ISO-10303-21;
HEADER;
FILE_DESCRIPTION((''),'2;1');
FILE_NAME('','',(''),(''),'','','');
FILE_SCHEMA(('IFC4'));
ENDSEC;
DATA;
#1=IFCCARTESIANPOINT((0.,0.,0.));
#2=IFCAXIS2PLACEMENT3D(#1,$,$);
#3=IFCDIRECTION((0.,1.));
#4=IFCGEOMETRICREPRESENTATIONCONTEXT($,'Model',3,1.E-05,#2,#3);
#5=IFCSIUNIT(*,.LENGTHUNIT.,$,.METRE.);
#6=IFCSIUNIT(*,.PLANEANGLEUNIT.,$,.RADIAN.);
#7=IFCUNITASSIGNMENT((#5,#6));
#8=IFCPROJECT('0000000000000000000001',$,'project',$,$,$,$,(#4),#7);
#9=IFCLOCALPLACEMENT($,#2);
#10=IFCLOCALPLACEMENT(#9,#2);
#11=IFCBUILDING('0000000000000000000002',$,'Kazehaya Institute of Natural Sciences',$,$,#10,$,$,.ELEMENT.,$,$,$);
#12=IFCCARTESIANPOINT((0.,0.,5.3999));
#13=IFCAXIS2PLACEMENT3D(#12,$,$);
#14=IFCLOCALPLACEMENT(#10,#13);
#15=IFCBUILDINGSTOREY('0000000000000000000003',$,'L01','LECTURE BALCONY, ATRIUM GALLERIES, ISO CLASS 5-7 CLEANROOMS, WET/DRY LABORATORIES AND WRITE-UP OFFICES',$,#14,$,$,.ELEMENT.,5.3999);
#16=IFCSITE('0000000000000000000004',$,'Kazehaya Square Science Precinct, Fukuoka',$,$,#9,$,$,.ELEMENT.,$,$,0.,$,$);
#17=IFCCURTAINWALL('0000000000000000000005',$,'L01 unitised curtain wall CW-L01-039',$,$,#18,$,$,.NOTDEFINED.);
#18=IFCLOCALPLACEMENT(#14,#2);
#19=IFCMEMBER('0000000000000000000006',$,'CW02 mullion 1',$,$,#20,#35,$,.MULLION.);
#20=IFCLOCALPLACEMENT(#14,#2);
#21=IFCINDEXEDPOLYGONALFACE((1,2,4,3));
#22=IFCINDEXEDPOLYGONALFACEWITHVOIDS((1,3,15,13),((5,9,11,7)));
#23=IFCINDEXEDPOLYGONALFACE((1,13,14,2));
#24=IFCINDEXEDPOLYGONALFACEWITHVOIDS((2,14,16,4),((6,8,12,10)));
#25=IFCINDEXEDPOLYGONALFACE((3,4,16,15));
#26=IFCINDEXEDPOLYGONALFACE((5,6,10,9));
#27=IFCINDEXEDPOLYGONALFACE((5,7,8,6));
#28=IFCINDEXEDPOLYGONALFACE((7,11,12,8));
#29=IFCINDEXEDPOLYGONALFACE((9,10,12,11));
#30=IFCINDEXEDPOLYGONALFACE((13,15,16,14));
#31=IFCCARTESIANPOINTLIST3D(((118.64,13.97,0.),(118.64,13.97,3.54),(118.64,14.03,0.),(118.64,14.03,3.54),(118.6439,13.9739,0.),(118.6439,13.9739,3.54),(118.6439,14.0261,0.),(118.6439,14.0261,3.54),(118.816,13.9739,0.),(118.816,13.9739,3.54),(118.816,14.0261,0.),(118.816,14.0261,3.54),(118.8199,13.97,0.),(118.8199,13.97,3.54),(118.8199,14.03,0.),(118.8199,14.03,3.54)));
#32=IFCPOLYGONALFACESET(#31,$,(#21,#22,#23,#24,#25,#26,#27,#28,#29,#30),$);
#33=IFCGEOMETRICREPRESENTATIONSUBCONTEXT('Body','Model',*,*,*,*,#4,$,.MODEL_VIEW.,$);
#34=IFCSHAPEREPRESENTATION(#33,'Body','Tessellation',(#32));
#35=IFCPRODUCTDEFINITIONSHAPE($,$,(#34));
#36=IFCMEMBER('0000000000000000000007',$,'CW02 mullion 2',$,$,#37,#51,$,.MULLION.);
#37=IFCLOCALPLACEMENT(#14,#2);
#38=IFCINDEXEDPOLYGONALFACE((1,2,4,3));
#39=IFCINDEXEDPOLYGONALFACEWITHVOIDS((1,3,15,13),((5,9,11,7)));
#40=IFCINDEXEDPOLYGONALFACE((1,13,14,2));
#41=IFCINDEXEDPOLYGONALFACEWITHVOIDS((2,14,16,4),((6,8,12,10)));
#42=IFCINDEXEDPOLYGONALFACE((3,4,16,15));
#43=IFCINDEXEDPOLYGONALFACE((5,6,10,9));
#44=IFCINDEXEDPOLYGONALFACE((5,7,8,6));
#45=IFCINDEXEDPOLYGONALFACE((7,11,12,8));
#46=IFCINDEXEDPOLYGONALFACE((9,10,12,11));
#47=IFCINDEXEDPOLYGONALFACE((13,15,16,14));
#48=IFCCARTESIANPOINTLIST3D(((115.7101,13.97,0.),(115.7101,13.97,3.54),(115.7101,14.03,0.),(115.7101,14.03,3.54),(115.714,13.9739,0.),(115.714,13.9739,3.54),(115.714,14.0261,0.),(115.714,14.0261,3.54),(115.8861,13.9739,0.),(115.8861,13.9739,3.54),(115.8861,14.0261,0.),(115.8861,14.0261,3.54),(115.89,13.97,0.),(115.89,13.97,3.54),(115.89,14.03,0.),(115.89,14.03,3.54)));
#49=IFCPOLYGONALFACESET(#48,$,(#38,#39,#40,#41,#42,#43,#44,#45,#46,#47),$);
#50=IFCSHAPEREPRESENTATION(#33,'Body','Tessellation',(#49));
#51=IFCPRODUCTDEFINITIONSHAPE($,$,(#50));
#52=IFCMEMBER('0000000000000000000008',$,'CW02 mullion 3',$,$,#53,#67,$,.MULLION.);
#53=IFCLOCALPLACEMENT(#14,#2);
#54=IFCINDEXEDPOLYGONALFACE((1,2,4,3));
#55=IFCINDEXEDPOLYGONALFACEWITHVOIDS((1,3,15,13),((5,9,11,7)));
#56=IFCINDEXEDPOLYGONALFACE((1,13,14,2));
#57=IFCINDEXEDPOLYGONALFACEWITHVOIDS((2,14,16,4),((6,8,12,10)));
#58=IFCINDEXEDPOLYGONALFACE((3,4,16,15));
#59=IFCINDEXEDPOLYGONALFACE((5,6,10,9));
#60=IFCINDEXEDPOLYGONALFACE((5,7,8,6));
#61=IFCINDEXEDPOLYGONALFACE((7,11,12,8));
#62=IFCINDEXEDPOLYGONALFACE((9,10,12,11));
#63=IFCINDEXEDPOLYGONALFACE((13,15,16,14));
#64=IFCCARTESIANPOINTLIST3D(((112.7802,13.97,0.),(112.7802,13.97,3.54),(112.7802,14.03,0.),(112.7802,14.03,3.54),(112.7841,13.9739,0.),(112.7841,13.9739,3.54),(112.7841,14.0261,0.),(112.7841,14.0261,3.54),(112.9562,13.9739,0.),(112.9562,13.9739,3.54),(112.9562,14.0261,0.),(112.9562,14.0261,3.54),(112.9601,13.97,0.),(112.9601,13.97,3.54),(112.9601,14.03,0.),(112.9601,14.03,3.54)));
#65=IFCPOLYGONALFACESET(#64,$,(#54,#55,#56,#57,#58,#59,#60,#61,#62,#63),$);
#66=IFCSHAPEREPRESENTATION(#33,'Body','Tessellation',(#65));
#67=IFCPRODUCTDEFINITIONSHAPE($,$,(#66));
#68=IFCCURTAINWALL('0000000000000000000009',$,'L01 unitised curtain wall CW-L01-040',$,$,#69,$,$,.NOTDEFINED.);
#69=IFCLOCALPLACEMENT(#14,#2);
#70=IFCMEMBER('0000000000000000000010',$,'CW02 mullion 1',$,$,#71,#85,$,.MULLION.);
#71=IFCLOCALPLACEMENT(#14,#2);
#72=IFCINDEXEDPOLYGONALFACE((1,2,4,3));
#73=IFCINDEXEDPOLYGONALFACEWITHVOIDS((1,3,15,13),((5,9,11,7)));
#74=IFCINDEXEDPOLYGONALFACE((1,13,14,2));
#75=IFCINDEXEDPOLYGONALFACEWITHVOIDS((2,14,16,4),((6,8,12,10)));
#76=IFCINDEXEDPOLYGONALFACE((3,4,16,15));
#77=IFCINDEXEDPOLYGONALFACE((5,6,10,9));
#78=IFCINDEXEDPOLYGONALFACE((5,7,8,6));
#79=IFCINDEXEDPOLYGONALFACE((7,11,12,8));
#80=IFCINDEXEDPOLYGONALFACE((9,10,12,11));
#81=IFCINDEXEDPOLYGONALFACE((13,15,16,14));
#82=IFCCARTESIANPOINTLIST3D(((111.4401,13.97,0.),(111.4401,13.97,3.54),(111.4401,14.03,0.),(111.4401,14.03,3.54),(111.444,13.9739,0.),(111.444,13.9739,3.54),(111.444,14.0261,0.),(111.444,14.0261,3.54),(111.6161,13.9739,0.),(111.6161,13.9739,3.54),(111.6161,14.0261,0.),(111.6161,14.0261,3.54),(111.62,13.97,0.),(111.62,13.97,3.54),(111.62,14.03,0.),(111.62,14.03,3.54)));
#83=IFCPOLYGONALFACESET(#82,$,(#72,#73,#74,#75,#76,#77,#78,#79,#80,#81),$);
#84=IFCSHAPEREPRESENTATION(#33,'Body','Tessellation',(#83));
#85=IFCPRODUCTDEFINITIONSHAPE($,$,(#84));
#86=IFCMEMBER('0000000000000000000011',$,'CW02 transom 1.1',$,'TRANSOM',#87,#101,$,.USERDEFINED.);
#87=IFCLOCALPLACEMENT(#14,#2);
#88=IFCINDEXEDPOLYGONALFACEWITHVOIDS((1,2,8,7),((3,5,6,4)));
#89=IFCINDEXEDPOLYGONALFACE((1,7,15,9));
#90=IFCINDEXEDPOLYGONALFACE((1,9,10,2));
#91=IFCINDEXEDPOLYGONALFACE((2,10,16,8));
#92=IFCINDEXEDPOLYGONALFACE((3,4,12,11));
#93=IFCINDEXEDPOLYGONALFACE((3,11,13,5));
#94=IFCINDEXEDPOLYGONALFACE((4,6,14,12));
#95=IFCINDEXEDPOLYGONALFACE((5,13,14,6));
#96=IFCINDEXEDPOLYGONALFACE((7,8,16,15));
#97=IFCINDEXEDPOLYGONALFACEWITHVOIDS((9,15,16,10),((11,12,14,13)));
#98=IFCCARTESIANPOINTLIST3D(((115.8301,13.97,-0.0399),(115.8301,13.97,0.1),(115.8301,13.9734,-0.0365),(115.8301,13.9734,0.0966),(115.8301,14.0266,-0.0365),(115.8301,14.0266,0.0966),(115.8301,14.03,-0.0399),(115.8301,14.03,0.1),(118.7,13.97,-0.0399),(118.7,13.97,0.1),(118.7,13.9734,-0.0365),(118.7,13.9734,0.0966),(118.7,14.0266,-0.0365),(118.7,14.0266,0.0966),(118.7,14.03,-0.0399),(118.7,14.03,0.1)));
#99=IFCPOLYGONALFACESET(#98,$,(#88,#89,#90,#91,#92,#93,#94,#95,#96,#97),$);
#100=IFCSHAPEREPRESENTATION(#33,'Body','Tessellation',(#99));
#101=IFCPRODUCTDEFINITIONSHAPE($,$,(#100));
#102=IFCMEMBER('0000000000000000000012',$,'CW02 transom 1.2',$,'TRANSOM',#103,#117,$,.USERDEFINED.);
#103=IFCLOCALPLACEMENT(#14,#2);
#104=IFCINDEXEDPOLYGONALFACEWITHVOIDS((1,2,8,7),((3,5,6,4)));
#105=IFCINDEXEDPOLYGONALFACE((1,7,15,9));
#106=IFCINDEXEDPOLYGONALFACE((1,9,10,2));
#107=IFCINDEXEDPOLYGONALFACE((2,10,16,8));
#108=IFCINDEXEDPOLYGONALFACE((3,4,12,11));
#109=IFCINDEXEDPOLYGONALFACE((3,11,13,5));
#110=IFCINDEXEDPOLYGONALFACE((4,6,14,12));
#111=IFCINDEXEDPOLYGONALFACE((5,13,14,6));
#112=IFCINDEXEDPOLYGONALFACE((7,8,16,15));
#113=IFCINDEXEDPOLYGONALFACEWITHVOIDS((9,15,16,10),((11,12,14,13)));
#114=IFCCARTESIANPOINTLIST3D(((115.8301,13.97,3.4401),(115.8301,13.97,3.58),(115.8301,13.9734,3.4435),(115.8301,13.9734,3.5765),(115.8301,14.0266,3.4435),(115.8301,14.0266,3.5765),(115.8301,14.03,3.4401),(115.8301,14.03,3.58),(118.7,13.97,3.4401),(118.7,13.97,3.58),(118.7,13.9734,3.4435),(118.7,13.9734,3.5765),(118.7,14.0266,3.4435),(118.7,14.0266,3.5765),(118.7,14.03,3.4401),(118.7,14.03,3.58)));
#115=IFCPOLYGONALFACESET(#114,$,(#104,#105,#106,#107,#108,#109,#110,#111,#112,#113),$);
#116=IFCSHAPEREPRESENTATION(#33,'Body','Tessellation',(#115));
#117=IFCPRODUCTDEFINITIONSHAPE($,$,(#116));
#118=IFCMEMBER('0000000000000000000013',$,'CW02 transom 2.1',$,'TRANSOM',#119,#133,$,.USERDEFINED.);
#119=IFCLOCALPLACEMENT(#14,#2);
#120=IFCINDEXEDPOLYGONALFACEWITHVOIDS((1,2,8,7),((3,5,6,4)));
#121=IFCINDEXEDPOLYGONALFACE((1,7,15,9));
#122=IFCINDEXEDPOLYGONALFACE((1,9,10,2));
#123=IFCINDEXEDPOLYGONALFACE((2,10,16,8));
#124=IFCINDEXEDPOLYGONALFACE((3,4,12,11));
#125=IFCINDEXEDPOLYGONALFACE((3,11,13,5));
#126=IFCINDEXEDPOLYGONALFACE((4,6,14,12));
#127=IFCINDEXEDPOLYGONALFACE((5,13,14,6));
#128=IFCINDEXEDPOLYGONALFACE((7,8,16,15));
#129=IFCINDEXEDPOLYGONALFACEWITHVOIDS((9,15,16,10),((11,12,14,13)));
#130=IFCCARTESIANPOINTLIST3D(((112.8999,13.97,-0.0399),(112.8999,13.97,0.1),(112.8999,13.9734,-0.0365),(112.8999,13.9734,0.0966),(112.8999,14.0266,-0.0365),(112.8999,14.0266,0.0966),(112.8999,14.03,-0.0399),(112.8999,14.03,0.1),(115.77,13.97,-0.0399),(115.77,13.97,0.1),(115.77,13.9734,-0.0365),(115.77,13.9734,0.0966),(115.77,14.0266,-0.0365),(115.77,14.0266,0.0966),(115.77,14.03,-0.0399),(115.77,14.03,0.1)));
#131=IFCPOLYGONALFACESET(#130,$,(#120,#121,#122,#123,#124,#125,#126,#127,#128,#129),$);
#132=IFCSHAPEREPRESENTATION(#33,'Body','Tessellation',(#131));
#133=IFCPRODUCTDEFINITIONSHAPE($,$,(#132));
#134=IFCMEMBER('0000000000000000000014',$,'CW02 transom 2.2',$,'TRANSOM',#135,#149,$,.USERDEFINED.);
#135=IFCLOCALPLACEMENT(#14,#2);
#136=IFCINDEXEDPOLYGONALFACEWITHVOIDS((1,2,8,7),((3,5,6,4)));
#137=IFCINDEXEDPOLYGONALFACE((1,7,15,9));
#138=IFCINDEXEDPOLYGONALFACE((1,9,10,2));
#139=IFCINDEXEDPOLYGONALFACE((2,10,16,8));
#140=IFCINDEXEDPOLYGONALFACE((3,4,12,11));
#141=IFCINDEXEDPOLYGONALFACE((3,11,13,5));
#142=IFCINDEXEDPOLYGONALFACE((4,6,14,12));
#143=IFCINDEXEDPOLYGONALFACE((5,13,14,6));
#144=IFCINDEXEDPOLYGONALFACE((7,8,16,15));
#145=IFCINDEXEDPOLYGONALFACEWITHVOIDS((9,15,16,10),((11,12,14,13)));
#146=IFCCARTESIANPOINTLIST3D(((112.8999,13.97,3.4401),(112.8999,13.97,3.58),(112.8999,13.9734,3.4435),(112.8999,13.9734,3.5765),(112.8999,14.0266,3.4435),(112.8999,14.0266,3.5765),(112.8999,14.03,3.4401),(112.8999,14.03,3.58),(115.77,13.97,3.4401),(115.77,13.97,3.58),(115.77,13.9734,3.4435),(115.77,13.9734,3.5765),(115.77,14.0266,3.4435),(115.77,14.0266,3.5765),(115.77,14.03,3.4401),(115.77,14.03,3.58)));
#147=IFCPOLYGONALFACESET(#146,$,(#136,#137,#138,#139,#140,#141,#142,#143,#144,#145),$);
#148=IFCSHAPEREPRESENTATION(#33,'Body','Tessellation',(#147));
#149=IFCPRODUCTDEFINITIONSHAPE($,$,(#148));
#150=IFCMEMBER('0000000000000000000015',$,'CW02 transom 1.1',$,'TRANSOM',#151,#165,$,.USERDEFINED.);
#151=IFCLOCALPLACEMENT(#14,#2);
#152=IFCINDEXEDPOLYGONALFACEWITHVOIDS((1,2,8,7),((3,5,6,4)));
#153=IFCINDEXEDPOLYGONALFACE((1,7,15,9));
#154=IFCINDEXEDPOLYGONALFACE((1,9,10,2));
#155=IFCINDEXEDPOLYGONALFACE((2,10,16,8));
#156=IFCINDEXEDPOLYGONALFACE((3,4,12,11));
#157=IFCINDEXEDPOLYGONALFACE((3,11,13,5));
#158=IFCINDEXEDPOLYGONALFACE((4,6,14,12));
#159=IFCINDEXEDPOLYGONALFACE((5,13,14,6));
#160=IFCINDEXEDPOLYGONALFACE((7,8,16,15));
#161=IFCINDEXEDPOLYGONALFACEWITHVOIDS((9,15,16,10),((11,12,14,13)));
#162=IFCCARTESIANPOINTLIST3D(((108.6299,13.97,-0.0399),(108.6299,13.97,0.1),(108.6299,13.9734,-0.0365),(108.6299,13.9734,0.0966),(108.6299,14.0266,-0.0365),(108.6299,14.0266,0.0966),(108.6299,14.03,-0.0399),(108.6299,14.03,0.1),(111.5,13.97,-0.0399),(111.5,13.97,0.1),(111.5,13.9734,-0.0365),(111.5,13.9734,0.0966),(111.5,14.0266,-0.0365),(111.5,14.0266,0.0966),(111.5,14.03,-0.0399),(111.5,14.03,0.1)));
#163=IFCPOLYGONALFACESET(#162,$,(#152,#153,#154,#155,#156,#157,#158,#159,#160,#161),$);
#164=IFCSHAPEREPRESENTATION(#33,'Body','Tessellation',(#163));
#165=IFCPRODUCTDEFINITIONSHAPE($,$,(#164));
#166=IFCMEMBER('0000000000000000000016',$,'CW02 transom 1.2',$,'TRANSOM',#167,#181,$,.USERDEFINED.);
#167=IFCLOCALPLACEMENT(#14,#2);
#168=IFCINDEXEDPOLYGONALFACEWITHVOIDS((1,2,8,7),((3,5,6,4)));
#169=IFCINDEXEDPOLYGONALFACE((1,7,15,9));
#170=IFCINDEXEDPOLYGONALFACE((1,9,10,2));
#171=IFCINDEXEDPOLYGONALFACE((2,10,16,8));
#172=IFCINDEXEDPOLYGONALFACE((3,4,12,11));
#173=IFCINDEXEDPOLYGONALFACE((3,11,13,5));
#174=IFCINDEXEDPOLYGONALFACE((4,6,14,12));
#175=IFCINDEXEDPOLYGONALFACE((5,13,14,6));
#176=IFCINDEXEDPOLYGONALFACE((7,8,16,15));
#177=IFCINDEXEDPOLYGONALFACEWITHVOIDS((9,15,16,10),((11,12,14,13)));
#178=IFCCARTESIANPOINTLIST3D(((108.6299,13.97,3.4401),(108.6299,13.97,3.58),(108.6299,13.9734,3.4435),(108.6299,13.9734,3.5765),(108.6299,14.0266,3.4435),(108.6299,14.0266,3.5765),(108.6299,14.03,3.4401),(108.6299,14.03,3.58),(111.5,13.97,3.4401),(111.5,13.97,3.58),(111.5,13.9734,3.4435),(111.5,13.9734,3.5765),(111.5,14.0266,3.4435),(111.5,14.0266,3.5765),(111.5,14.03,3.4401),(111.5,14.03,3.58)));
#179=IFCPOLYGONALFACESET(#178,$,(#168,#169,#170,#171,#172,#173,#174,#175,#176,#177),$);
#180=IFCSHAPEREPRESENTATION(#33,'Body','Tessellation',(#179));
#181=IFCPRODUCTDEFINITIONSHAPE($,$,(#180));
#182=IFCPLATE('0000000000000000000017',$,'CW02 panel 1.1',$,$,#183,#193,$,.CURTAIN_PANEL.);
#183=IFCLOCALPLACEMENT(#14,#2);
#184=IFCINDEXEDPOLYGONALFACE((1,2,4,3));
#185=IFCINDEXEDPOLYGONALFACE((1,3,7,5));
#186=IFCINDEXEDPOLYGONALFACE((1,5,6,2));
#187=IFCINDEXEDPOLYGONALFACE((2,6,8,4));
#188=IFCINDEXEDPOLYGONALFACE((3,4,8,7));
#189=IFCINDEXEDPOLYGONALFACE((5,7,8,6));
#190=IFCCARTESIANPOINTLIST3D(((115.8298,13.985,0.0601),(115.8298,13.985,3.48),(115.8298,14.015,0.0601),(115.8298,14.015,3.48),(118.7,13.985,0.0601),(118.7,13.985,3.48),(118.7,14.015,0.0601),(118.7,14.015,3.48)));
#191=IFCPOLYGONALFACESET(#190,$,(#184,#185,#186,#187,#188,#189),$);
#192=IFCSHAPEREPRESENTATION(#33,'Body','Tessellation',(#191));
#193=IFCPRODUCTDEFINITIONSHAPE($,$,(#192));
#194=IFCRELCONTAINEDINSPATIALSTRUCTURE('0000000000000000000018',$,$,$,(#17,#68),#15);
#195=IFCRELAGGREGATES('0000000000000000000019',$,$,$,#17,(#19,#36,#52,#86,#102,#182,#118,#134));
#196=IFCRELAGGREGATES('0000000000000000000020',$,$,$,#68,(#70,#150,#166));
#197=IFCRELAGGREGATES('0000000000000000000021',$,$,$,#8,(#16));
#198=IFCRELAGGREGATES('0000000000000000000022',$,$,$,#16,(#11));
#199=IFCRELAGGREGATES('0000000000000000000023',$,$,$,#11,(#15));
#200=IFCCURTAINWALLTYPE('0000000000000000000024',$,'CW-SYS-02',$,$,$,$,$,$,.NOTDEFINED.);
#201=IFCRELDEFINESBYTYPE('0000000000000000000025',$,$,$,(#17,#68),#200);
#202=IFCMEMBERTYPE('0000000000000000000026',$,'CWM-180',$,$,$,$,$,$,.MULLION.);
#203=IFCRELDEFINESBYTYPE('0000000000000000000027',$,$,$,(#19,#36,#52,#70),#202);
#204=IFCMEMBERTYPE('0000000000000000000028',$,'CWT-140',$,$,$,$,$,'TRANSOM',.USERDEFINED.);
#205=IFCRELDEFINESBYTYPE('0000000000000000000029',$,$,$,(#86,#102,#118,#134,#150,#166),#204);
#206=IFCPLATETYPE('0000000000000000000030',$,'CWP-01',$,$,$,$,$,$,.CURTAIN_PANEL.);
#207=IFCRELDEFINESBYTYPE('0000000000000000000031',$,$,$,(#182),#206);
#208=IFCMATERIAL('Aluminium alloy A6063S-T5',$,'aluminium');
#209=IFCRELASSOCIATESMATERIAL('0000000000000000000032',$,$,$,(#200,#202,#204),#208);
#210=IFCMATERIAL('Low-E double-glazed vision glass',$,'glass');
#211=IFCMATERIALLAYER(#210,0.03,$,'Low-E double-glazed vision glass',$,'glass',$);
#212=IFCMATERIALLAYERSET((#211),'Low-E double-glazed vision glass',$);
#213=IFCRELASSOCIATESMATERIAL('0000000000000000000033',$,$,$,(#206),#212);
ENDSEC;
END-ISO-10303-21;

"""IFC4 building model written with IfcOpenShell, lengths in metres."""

from ifc_helpers import new_model, si_unit, direction, frame, origin, origin_2d, place, context, subcontext, project, spatial, rectangle, hollow_rectangle, extrude, material, layer, layer_set, material_profile, profile_set, type_object, element, aggregate, save


model = new_model("IFC4")

# Units and contexts
model_context = context("Model", 3, precision=1e-05, world=origin(), true_north=direction((0.0, 1.0)))
body_context = subcontext(model_context, "Body", "Model", "MODEL_VIEW")
ifc_project = project(units=[si_unit("LENGTHUNIT", "METRE"), si_unit("PLANEANGLEUNIT", "RADIAN")], contexts=[model_context])

# Site, building, storey
site_placement = place(None, origin())
site = spatial("IfcSite", under=ifc_project, at=site_placement, Name="Kazehaya Square Science Precinct, Fukuoka", CompositionType="ELEMENT", RefElevation=0.0)
building_placement = place(site_placement, origin())
building = spatial("IfcBuilding", under=site, at=building_placement, Name="Kazehaya Institute of Natural Sciences", CompositionType="ELEMENT")
storey_placement = place(building_placement, frame((0.0, 0.0, 5.3999)))
storey = spatial("IfcBuildingStorey", under=building, at=storey_placement, Name="L01", Description="LECTURE BALCONY, ATRIUM GALLERIES, ISO CLASS 5-7 CLEANROOMS, WET/DRY LABORATORIES AND WRITE-UP OFFICES", CompositionType="ELEMENT", Elevation=5.3999)

# Curtain wall, members
ifc_material_1 = material(Name="Aluminium alloy A6063S-T5", Category="aluminium")
curtain_wall_type = type_object("IfcCurtainWallType", Name="CW-SYS-02", PredefinedType="NOTDEFINED", material=ifc_material_1)
curtain_wall_1_placement = place(storey_placement, origin())
curtain_wall_1 = element("IfcCurtainWall", 1, at=curtain_wall_1_placement, inside=storey, type_object=curtain_wall_type, Name="L01 unitised curtain wall CW-L01-039", PredefinedType="NOTDEFINED")
ifc_material_profile_1 = material_profile(ifc_material_1, hollow_rectangle(XDim=0.0601, YDim=0.1799, WallThickness=0.0039, at=origin_2d()), Name="ALU-60x180x4")
ifc_profile_set_1 = profile_set([ifc_material_profile_1], Name="Aluminium alloy A6063S-T5")
member_type_1 = type_object("IfcMemberType", Name="CWM-180", PredefinedType="MULLION", material=ifc_profile_set_1)
member_1_placement = place(storey_placement, frame((118.73, 14.0, 0.0), z_axis=(0.0, 0.0, 1.0), x_axis=(0.0, -1.0, 0.0)))
member_1 = element("IfcMember", 2, at=member_1_placement, type_object=member_type_1, Name="CW02 mullion 1", PredefinedType="MULLION", context=body_context, shape_type="SweptSolid", body=[
    extrude(hollow_rectangle(XDim=0.0601, YDim=0.1799, WallThickness=0.0039, at=origin_2d()), origin(), (0.0, 0.0, 1.0), 3.54),
])
member_2_placement = place(storey_placement, frame((115.8, 14.0, 0.0), z_axis=(0.0, 0.0, 1.0), x_axis=(0.0, -1.0, 0.0)))
member_2 = element("IfcMember", 3, at=member_2_placement, type_object=member_type_1, Name="CW02 mullion 2", PredefinedType="MULLION", context=body_context, shape_type="SweptSolid", body=[
    extrude(hollow_rectangle(XDim=0.0601, YDim=0.1799, WallThickness=0.0039, at=origin_2d()), origin(), (0.0, 0.0, 1.0), 3.54),
])
member_3_placement = place(storey_placement, frame((112.8701, 14.0, 0.0), z_axis=(0.0, 0.0, 1.0), x_axis=(0.0, -1.0, 0.0)))
member_3 = element("IfcMember", 4, at=member_3_placement, type_object=member_type_1, Name="CW02 mullion 3", PredefinedType="MULLION", context=body_context, shape_type="SweptSolid", body=[
    extrude(hollow_rectangle(XDim=0.0601, YDim=0.1799, WallThickness=0.0039, at=origin_2d()), origin(), (0.0, 0.0, 1.0), 3.54),
])

# Curtain wall, member
curtain_wall_2_placement = place(storey_placement, origin())
curtain_wall_2 = element("IfcCurtainWall", 5, at=curtain_wall_2_placement, inside=storey, type_object=curtain_wall_type, Name="L01 unitised curtain wall CW-L01-040", PredefinedType="NOTDEFINED")
member_4_placement = place(storey_placement, frame((111.53, 14.0, 0.0), z_axis=(0.0, 0.0, 1.0), x_axis=(0.0, -1.0, 0.0)))
member_4 = element("IfcMember", 6, at=member_4_placement, type_object=member_type_1, Name="CW02 mullion 1", PredefinedType="MULLION", context=body_context, shape_type="SweptSolid", body=[
    extrude(hollow_rectangle(XDim=0.0601, YDim=0.1799, WallThickness=0.0039, at=origin_2d()), origin(), (0.0, 0.0, 1.0), 3.54),
])

# Members
ifc_material_profile_2 = material_profile(ifc_material_1, hollow_rectangle(XDim=0.0601, YDim=0.1399, WallThickness=0.0034, at=origin_2d()), Name="ALU-60x140x3.5")
ifc_profile_set_2 = profile_set([ifc_material_profile_2], Name="Aluminium alloy A6063S-T5")
member_type_2 = type_object("IfcMemberType", Name="CWT-140", ElementType="TRANSOM", PredefinedType="USERDEFINED", material=ifc_profile_set_2)
member_5_placement = place(storey_placement, frame((118.7, 14.0, 0.03), z_axis=(-1.0, 0.0, 0.0), x_axis=(0.0, -1.0, 0.0)))
member_5 = element("IfcMember", 7, at=member_5_placement, type_object=member_type_2, Name="CW02 transom 1.1", ObjectType="TRANSOM", PredefinedType="USERDEFINED", context=body_context, shape_type="SweptSolid", body=[
    extrude(hollow_rectangle(XDim=0.0601, YDim=0.1399, WallThickness=0.0034, at=origin_2d()), origin(), (0.0, 0.0, 1.0), 2.8699),
])
member_6_placement = place(storey_placement, frame((118.7, 14.0, 3.51), z_axis=(-1.0, 0.0, 0.0), x_axis=(0.0, -1.0, 0.0)))
member_6 = element("IfcMember", 8, at=member_6_placement, type_object=member_type_2, Name="CW02 transom 1.2", ObjectType="TRANSOM", PredefinedType="USERDEFINED", context=body_context, shape_type="SweptSolid", body=[
    extrude(hollow_rectangle(XDim=0.0601, YDim=0.1399, WallThickness=0.0034, at=origin_2d()), origin(), (0.0, 0.0, 1.0), 2.8699),
])
member_7_placement = place(storey_placement, frame((115.77, 14.0, 0.03), z_axis=(-1.0, 0.0, 0.0), x_axis=(0.0, -1.0, 0.0)))
member_7 = element("IfcMember", 9, at=member_7_placement, type_object=member_type_2, Name="CW02 transom 2.1", ObjectType="TRANSOM", PredefinedType="USERDEFINED", context=body_context, shape_type="SweptSolid", body=[
    extrude(hollow_rectangle(XDim=0.0601, YDim=0.1399, WallThickness=0.0034, at=origin_2d()), origin(), (0.0, 0.0, 1.0), 2.8701),
])
member_8_placement = place(storey_placement, frame((115.77, 14.0, 3.51), z_axis=(-1.0, 0.0, 0.0), x_axis=(0.0, -1.0, 0.0)))
member_8 = element("IfcMember", 10, at=member_8_placement, type_object=member_type_2, Name="CW02 transom 2.2", ObjectType="TRANSOM", PredefinedType="USERDEFINED", context=body_context, shape_type="SweptSolid", body=[
    extrude(hollow_rectangle(XDim=0.0601, YDim=0.1399, WallThickness=0.0034, at=origin_2d()), origin(), (0.0, 0.0, 1.0), 2.8701),
])
member_9_placement = place(storey_placement, frame((111.5, 14.0, 0.03), z_axis=(-1.0, 0.0, 0.0), x_axis=(0.0, -1.0, 0.0)))
member_9 = element("IfcMember", 11, at=member_9_placement, type_object=member_type_2, Name="CW02 transom 1.1", ObjectType="TRANSOM", PredefinedType="USERDEFINED", context=body_context, shape_type="SweptSolid", body=[
    extrude(hollow_rectangle(XDim=0.0601, YDim=0.1399, WallThickness=0.0034, at=origin_2d()), origin(), (0.0, 0.0, 1.0), 2.8701),
])
member_10_placement = place(storey_placement, frame((111.5, 14.0, 3.51), z_axis=(-1.0, 0.0, 0.0), x_axis=(0.0, -1.0, 0.0)))
member_10 = element("IfcMember", 12, at=member_10_placement, type_object=member_type_2, Name="CW02 transom 1.2", ObjectType="TRANSOM", PredefinedType="USERDEFINED", context=body_context, shape_type="SweptSolid", body=[
    extrude(hollow_rectangle(XDim=0.0601, YDim=0.1399, WallThickness=0.0034, at=origin_2d()), origin(), (0.0, 0.0, 1.0), 2.8701),
])

# Plate
ifc_material_2 = material(Name="Low-E double-glazed vision glass", Category="glass")
ifc_layer_1 = layer(ifc_material_2, 0.03, Name="Low-E double-glazed vision glass", Category="glass")
ifc_layer_set_1 = layer_set([ifc_layer_1], Name="Low-E double-glazed vision glass")
plate_type_1 = type_object("IfcPlateType", Name="CWP-01", PredefinedType="CURTAIN_PANEL", material=ifc_layer_set_1)
plate_1_placement = place(storey_placement, frame((117.2649, 14.0, 0.0601), z_axis=(0.0, 0.0, 1.0), x_axis=(-1.0, 0.0, 0.0)))
plate_1 = element("IfcPlate", 13, at=plate_1_placement, type_object=plate_type_1, Name="CW02 panel 1.1", PredefinedType="CURTAIN_PANEL", context=body_context, shape_type="SweptSolid", body=[
    extrude(rectangle(XDim=2.8701, YDim=0.03, at=origin_2d()), origin(), (0.0, 0.0, 1.0), 3.4199),
])
aggregate(curtain_wall_1, [member_1, member_2, member_3, member_5, member_6, plate_1, member_7, member_8])
aggregate(curtain_wall_2, [member_4, member_9, member_10])

save(model, "model.ifc")
